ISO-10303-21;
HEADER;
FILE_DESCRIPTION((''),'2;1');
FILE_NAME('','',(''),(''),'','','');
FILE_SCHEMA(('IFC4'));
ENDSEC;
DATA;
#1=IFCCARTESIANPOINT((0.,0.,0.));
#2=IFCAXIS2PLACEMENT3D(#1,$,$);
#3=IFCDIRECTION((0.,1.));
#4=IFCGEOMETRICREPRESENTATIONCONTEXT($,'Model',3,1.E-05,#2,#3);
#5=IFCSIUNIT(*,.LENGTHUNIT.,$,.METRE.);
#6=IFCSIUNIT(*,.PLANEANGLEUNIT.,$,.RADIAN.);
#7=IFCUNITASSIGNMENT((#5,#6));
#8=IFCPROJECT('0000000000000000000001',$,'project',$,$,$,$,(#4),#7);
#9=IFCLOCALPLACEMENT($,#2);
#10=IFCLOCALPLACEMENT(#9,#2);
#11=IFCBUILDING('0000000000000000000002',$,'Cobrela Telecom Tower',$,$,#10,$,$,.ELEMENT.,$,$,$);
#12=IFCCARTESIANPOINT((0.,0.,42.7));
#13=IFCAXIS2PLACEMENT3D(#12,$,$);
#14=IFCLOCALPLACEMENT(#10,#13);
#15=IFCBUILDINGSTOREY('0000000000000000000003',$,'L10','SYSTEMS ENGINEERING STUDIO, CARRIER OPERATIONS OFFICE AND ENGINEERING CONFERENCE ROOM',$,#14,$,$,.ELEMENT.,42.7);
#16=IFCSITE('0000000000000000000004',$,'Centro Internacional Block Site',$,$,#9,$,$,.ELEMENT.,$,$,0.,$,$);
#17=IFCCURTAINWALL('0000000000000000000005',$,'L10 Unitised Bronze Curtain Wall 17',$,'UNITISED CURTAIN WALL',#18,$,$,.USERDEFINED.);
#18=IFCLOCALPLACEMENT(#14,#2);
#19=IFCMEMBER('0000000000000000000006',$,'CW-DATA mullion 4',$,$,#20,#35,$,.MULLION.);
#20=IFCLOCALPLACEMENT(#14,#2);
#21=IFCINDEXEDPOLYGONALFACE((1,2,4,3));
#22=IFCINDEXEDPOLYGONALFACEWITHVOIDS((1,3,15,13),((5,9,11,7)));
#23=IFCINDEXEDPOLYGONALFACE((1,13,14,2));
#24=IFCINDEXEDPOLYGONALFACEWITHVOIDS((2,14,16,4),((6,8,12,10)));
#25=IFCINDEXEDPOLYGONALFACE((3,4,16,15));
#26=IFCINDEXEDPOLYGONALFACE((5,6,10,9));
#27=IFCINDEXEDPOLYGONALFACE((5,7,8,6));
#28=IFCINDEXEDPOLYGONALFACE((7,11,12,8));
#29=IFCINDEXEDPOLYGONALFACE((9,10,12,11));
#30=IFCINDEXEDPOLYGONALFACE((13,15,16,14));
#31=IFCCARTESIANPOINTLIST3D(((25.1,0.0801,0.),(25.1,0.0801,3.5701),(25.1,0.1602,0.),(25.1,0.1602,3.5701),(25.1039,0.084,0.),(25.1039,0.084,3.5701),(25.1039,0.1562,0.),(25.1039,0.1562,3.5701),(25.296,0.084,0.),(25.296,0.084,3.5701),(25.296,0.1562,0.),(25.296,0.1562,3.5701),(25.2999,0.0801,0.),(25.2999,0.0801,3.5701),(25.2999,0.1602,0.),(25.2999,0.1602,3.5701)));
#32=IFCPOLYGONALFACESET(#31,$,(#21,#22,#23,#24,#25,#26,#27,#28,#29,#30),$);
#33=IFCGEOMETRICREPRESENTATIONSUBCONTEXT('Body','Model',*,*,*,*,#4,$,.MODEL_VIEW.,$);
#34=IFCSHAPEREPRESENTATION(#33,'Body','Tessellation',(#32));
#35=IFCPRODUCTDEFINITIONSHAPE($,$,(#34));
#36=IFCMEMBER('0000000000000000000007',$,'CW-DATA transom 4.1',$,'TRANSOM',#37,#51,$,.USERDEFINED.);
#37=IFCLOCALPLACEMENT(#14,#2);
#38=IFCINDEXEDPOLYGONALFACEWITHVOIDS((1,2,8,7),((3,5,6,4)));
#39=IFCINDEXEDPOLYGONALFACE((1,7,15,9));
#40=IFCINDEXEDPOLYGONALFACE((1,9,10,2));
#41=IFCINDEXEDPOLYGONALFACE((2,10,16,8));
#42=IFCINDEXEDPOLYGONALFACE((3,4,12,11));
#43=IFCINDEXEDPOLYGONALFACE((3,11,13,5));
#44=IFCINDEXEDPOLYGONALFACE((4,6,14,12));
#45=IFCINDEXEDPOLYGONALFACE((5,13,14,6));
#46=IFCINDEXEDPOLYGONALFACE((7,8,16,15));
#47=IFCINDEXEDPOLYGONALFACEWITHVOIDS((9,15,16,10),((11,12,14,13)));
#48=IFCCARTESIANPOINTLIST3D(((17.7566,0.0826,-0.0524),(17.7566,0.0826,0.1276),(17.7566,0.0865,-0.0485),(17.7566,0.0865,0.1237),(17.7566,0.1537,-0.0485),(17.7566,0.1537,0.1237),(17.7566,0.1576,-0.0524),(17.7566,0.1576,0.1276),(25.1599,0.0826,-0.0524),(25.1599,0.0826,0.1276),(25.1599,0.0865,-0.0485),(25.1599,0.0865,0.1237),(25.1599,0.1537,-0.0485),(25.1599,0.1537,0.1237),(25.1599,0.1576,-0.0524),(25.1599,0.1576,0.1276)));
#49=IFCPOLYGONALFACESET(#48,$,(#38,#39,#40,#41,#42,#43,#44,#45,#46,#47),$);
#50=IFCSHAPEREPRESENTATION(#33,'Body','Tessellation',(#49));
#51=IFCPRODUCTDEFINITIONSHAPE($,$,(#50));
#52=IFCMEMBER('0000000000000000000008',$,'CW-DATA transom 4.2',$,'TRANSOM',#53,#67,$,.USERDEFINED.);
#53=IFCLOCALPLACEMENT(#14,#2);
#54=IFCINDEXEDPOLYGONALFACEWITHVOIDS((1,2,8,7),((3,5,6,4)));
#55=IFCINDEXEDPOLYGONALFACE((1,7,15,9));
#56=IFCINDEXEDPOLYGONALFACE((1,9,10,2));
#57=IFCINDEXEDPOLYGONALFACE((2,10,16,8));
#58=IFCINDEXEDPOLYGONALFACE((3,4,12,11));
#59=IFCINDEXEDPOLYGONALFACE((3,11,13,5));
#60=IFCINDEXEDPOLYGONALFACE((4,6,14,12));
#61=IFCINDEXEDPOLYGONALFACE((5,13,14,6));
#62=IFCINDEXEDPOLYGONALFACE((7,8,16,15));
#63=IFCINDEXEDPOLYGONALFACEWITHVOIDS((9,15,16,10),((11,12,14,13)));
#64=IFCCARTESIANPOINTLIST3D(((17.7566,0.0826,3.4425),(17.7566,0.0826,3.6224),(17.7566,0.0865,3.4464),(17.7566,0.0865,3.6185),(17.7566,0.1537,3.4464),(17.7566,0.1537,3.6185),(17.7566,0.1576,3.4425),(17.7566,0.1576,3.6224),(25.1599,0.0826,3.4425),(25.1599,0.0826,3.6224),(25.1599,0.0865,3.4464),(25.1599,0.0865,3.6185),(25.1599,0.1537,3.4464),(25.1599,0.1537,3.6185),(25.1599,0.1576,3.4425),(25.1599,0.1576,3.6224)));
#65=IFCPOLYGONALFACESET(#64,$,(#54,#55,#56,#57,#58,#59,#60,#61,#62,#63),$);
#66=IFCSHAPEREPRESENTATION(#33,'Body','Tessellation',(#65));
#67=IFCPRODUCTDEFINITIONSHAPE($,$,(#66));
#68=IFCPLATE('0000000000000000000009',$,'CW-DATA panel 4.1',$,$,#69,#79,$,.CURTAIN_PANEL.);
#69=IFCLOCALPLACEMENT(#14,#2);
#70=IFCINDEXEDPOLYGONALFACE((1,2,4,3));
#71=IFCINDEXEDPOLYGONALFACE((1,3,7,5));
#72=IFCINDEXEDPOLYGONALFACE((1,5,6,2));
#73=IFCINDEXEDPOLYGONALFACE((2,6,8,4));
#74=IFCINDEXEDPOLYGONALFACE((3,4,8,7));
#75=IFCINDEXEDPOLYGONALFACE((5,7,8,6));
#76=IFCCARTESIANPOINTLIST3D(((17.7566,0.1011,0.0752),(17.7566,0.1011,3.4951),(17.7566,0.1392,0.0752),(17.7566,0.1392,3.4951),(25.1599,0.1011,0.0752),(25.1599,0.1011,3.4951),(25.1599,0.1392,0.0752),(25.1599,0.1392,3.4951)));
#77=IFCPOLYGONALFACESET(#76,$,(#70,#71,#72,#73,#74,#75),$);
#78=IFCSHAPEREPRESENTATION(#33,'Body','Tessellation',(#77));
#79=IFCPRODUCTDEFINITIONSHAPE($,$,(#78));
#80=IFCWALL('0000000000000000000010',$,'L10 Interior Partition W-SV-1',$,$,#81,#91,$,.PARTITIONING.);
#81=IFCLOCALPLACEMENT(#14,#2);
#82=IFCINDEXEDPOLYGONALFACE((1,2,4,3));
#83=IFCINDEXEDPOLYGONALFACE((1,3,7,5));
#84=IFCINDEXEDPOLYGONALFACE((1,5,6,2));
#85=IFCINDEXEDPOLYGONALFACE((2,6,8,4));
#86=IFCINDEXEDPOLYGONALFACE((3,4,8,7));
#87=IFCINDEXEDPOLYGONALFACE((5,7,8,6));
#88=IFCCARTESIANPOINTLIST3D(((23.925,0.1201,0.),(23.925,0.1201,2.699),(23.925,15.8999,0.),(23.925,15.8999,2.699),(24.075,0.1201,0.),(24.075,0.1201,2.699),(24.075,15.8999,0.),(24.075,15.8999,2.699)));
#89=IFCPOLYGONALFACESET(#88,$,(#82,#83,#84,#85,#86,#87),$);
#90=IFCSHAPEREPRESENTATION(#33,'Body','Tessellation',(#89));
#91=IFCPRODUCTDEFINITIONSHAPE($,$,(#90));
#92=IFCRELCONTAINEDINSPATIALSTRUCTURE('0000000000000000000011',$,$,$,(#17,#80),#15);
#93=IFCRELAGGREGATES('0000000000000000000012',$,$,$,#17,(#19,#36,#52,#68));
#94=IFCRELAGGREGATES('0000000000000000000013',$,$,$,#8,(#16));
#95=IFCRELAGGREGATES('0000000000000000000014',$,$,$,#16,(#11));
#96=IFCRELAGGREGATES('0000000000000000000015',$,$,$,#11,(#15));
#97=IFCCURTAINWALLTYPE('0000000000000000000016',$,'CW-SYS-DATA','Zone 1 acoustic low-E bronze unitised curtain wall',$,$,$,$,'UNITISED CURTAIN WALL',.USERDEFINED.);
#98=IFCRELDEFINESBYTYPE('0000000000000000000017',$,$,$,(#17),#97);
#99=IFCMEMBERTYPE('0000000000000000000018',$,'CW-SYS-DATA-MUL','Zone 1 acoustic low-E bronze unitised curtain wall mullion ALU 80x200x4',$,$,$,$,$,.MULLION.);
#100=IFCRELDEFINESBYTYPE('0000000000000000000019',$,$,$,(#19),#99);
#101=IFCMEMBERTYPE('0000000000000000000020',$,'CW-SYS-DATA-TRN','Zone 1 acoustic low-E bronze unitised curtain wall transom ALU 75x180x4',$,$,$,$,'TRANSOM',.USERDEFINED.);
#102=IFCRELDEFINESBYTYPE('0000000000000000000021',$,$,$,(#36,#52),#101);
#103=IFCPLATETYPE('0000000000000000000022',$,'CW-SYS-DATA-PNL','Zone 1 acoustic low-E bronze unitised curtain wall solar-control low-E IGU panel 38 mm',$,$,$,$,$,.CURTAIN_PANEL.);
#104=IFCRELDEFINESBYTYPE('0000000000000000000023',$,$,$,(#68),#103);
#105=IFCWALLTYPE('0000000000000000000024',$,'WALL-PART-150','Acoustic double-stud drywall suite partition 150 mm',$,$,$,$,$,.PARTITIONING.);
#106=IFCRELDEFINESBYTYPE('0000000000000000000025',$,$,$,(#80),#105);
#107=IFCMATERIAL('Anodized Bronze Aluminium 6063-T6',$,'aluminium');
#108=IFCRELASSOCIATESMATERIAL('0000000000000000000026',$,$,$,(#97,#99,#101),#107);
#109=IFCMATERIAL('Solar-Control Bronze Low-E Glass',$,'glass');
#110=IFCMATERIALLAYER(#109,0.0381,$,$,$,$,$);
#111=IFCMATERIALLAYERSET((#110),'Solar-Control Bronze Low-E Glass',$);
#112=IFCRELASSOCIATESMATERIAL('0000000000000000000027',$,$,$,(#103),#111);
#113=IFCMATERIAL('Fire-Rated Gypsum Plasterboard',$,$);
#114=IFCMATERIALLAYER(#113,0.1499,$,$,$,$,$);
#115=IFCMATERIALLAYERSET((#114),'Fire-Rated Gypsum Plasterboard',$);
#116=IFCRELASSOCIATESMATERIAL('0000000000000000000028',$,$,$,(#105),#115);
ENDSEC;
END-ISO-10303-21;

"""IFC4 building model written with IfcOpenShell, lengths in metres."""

from ifc_helpers import new_model, si_unit, direction, frame, frame_2d, origin, origin_2d, place, context, subcontext, project, spatial, rectangle, hollow_rectangle, extrude, material, layer, layer_set, material_profile, profile_set, type_object, element, aggregate, save


model = new_model("IFC4")

# Units and contexts
model_context = context("Model", 3, precision=1e-05, world=origin(), true_north=direction((0.0, 1.0)))
body_context = subcontext(model_context, "Body", "Model", "MODEL_VIEW")
ifc_project = project(units=[si_unit("LENGTHUNIT", "METRE"), si_unit("PLANEANGLEUNIT", "RADIAN")], contexts=[model_context])

# Site, building, storey
site_placement = place(None, origin())
site = spatial("IfcSite", under=ifc_project, at=site_placement, Name="Centro Internacional Block Site", CompositionType="ELEMENT", RefElevation=0.0)
building_placement = place(site_placement, origin())
building = spatial("IfcBuilding", under=site, at=building_placement, Name="Cobrela Telecom Tower", CompositionType="ELEMENT")
storey_placement = place(building_placement, frame((0.0, 0.0, 42.7)))
storey = spatial("IfcBuildingStorey", under=building, at=storey_placement, Name="L10", Description="SYSTEMS ENGINEERING STUDIO, CARRIER OPERATIONS OFFICE AND ENGINEERING CONFERENCE ROOM", CompositionType="ELEMENT", Elevation=42.7)

# Curtain wall, members, plate
ifc_material_1 = material(Name="Anodized Bronze Aluminium 6063-T6", Category="aluminium")
curtain_wall_type = type_object("IfcCurtainWallType", Name="CW-SYS-DATA", Description="Zone 1 acoustic low-E bronze unitised curtain wall", ElementType="UNITISED CURTAIN WALL", PredefinedType="USERDEFINED", material=ifc_material_1)
curtain_wall_placement = place(storey_placement, origin())
curtain_wall = element("IfcCurtainWall", 1, at=curtain_wall_placement, inside=storey, type_object=curtain_wall_type, Name="L10 Unitised Bronze Curtain Wall 17", ObjectType="UNITISED CURTAIN WALL", PredefinedType="USERDEFINED")
ifc_material_profile_1 = material_profile(ifc_material_1, hollow_rectangle(XDim=0.0801, YDim=0.2, WallThickness=0.0039, at=origin_2d()), Name="ALU 80x200x4")
ifc_profile_set_1 = profile_set([ifc_material_profile_1], Name="Anodized Bronze Aluminium 6063-T6")
member_type_1 = type_object("IfcMemberType", Name="CW-SYS-DATA-MUL", Description="Zone 1 acoustic low-E bronze unitised curtain wall mullion ALU 80x200x4", PredefinedType="MULLION", material=ifc_profile_set_1)
member_1_placement = place(storey_placement, frame((25.2, 0.1201, 0.0), z_axis=(0.0, 0.0, 1.0), x_axis=(0.0, -1.0, 0.0)))
member_1 = element("IfcMember", 2, at=member_1_placement, type_object=member_type_1, Name="CW-DATA mullion 4", PredefinedType="MULLION", context=body_context, shape_type="SweptSolid", body=[
    extrude(hollow_rectangle(XDim=0.0801, YDim=0.2, WallThickness=0.0039, at=origin_2d()), origin(), (0.0, 0.0, 1.0), 3.5701),
])
ifc_material_profile_2 = material_profile(ifc_material_1, hollow_rectangle(XDim=0.075, YDim=0.1799, WallThickness=0.0039, at=origin_2d()), Name="ALU 75x180x4")
ifc_profile_set_2 = profile_set([ifc_material_profile_2], Name="Anodized Bronze Aluminium 6063-T6")
member_type_2 = type_object("IfcMemberType", Name="CW-SYS-DATA-TRN", Description="Zone 1 acoustic low-E bronze unitised curtain wall transom ALU 75x180x4", ElementType="TRANSOM", PredefinedType="USERDEFINED", material=ifc_profile_set_2)
member_2_placement = place(storey_placement, frame((25.1599, 0.1201, 0.0376), z_axis=(-1.0, 0.0, 0.0), x_axis=(0.0, -1.0, 0.0)))
member_2 = element("IfcMember", 3, at=member_2_placement, type_object=member_type_2, Name="CW-DATA transom 4.1", ObjectType="TRANSOM", PredefinedType="USERDEFINED", context=body_context, shape_type="SweptSolid", body=[
    extrude(hollow_rectangle(XDim=0.075, YDim=0.1799, WallThickness=0.0039, at=origin_2d()), origin(), (0.0, 0.0, 1.0), 7.4033),
])
member_3_placement = place(storey_placement, frame((25.1599, 0.1201, 3.5325), z_axis=(-1.0, 0.0, 0.0), x_axis=(0.0, -1.0, 0.0)))
member_3 = element("IfcMember", 4, at=member_3_placement, type_object=member_type_2, Name="CW-DATA transom 4.2", ObjectType="TRANSOM", PredefinedType="USERDEFINED", context=body_context, shape_type="SweptSolid", body=[
    extrude(hollow_rectangle(XDim=0.075, YDim=0.1799, WallThickness=0.0039, at=origin_2d()), origin(), (0.0, 0.0, 1.0), 7.4033),
])
ifc_material_2 = material(Name="Solar-Control Bronze Low-E Glass", Category="glass")
ifc_layer_1 = layer(ifc_material_2, 0.0381)
ifc_layer_set_1 = layer_set([ifc_layer_1], Name="Solar-Control Bronze Low-E Glass")
plate_type = type_object("IfcPlateType", Name="CW-SYS-DATA-PNL", Description="Zone 1 acoustic low-E bronze unitised curtain wall solar-control low-E IGU panel 38 mm", PredefinedType="CURTAIN_PANEL", material=ifc_layer_set_1)
plate_placement = place(storey_placement, frame((21.4583, 0.1201, 0.0752), z_axis=(0.0, 0.0, 1.0), x_axis=(-1.0, 0.0, 0.0)))
plate = element("IfcPlate", 5, at=plate_placement, type_object=plate_type, Name="CW-DATA panel 4.1", PredefinedType="CURTAIN_PANEL", context=body_context, shape_type="SweptSolid", body=[
    extrude(rectangle(XDim=7.4033, YDim=0.0381, at=origin_2d()), origin(), (0.0, 0.0, 1.0), 3.4199),
])
aggregate(curtain_wall, [member_1, member_2, member_3, plate])

# Wall
ifc_material_3 = material(Name="Fire-Rated Gypsum Plasterboard")
ifc_layer_2 = layer(ifc_material_3, 0.1499)
ifc_layer_set_2 = layer_set([ifc_layer_2], Name="Fire-Rated Gypsum Plasterboard")
wall_type = type_object("IfcWallType", Name="WALL-PART-150", Description="Acoustic double-stud drywall suite partition 150 mm", PredefinedType="PARTITIONING", material=ifc_layer_set_2)
wall_placement = place(storey_placement, frame((24.0, 0.1201, 0.0), z_axis=(0.0, 0.0, 1.0), x_axis=(0.0, 1.0, 0.0)))
element("IfcWall", 6, at=wall_placement, inside=storey, type_object=wall_type, Name="L10 Interior Partition W-SV-1", PredefinedType="PARTITIONING", context=body_context, shape_type="SweptSolid", body=[
    extrude(rectangle(XDim=15.7798, YDim=0.1499, at=frame_2d((7.8899, 0.0))), origin(), (0.0, 0.0, 1.0), 2.699),
])

save(model, "model.ifc")
